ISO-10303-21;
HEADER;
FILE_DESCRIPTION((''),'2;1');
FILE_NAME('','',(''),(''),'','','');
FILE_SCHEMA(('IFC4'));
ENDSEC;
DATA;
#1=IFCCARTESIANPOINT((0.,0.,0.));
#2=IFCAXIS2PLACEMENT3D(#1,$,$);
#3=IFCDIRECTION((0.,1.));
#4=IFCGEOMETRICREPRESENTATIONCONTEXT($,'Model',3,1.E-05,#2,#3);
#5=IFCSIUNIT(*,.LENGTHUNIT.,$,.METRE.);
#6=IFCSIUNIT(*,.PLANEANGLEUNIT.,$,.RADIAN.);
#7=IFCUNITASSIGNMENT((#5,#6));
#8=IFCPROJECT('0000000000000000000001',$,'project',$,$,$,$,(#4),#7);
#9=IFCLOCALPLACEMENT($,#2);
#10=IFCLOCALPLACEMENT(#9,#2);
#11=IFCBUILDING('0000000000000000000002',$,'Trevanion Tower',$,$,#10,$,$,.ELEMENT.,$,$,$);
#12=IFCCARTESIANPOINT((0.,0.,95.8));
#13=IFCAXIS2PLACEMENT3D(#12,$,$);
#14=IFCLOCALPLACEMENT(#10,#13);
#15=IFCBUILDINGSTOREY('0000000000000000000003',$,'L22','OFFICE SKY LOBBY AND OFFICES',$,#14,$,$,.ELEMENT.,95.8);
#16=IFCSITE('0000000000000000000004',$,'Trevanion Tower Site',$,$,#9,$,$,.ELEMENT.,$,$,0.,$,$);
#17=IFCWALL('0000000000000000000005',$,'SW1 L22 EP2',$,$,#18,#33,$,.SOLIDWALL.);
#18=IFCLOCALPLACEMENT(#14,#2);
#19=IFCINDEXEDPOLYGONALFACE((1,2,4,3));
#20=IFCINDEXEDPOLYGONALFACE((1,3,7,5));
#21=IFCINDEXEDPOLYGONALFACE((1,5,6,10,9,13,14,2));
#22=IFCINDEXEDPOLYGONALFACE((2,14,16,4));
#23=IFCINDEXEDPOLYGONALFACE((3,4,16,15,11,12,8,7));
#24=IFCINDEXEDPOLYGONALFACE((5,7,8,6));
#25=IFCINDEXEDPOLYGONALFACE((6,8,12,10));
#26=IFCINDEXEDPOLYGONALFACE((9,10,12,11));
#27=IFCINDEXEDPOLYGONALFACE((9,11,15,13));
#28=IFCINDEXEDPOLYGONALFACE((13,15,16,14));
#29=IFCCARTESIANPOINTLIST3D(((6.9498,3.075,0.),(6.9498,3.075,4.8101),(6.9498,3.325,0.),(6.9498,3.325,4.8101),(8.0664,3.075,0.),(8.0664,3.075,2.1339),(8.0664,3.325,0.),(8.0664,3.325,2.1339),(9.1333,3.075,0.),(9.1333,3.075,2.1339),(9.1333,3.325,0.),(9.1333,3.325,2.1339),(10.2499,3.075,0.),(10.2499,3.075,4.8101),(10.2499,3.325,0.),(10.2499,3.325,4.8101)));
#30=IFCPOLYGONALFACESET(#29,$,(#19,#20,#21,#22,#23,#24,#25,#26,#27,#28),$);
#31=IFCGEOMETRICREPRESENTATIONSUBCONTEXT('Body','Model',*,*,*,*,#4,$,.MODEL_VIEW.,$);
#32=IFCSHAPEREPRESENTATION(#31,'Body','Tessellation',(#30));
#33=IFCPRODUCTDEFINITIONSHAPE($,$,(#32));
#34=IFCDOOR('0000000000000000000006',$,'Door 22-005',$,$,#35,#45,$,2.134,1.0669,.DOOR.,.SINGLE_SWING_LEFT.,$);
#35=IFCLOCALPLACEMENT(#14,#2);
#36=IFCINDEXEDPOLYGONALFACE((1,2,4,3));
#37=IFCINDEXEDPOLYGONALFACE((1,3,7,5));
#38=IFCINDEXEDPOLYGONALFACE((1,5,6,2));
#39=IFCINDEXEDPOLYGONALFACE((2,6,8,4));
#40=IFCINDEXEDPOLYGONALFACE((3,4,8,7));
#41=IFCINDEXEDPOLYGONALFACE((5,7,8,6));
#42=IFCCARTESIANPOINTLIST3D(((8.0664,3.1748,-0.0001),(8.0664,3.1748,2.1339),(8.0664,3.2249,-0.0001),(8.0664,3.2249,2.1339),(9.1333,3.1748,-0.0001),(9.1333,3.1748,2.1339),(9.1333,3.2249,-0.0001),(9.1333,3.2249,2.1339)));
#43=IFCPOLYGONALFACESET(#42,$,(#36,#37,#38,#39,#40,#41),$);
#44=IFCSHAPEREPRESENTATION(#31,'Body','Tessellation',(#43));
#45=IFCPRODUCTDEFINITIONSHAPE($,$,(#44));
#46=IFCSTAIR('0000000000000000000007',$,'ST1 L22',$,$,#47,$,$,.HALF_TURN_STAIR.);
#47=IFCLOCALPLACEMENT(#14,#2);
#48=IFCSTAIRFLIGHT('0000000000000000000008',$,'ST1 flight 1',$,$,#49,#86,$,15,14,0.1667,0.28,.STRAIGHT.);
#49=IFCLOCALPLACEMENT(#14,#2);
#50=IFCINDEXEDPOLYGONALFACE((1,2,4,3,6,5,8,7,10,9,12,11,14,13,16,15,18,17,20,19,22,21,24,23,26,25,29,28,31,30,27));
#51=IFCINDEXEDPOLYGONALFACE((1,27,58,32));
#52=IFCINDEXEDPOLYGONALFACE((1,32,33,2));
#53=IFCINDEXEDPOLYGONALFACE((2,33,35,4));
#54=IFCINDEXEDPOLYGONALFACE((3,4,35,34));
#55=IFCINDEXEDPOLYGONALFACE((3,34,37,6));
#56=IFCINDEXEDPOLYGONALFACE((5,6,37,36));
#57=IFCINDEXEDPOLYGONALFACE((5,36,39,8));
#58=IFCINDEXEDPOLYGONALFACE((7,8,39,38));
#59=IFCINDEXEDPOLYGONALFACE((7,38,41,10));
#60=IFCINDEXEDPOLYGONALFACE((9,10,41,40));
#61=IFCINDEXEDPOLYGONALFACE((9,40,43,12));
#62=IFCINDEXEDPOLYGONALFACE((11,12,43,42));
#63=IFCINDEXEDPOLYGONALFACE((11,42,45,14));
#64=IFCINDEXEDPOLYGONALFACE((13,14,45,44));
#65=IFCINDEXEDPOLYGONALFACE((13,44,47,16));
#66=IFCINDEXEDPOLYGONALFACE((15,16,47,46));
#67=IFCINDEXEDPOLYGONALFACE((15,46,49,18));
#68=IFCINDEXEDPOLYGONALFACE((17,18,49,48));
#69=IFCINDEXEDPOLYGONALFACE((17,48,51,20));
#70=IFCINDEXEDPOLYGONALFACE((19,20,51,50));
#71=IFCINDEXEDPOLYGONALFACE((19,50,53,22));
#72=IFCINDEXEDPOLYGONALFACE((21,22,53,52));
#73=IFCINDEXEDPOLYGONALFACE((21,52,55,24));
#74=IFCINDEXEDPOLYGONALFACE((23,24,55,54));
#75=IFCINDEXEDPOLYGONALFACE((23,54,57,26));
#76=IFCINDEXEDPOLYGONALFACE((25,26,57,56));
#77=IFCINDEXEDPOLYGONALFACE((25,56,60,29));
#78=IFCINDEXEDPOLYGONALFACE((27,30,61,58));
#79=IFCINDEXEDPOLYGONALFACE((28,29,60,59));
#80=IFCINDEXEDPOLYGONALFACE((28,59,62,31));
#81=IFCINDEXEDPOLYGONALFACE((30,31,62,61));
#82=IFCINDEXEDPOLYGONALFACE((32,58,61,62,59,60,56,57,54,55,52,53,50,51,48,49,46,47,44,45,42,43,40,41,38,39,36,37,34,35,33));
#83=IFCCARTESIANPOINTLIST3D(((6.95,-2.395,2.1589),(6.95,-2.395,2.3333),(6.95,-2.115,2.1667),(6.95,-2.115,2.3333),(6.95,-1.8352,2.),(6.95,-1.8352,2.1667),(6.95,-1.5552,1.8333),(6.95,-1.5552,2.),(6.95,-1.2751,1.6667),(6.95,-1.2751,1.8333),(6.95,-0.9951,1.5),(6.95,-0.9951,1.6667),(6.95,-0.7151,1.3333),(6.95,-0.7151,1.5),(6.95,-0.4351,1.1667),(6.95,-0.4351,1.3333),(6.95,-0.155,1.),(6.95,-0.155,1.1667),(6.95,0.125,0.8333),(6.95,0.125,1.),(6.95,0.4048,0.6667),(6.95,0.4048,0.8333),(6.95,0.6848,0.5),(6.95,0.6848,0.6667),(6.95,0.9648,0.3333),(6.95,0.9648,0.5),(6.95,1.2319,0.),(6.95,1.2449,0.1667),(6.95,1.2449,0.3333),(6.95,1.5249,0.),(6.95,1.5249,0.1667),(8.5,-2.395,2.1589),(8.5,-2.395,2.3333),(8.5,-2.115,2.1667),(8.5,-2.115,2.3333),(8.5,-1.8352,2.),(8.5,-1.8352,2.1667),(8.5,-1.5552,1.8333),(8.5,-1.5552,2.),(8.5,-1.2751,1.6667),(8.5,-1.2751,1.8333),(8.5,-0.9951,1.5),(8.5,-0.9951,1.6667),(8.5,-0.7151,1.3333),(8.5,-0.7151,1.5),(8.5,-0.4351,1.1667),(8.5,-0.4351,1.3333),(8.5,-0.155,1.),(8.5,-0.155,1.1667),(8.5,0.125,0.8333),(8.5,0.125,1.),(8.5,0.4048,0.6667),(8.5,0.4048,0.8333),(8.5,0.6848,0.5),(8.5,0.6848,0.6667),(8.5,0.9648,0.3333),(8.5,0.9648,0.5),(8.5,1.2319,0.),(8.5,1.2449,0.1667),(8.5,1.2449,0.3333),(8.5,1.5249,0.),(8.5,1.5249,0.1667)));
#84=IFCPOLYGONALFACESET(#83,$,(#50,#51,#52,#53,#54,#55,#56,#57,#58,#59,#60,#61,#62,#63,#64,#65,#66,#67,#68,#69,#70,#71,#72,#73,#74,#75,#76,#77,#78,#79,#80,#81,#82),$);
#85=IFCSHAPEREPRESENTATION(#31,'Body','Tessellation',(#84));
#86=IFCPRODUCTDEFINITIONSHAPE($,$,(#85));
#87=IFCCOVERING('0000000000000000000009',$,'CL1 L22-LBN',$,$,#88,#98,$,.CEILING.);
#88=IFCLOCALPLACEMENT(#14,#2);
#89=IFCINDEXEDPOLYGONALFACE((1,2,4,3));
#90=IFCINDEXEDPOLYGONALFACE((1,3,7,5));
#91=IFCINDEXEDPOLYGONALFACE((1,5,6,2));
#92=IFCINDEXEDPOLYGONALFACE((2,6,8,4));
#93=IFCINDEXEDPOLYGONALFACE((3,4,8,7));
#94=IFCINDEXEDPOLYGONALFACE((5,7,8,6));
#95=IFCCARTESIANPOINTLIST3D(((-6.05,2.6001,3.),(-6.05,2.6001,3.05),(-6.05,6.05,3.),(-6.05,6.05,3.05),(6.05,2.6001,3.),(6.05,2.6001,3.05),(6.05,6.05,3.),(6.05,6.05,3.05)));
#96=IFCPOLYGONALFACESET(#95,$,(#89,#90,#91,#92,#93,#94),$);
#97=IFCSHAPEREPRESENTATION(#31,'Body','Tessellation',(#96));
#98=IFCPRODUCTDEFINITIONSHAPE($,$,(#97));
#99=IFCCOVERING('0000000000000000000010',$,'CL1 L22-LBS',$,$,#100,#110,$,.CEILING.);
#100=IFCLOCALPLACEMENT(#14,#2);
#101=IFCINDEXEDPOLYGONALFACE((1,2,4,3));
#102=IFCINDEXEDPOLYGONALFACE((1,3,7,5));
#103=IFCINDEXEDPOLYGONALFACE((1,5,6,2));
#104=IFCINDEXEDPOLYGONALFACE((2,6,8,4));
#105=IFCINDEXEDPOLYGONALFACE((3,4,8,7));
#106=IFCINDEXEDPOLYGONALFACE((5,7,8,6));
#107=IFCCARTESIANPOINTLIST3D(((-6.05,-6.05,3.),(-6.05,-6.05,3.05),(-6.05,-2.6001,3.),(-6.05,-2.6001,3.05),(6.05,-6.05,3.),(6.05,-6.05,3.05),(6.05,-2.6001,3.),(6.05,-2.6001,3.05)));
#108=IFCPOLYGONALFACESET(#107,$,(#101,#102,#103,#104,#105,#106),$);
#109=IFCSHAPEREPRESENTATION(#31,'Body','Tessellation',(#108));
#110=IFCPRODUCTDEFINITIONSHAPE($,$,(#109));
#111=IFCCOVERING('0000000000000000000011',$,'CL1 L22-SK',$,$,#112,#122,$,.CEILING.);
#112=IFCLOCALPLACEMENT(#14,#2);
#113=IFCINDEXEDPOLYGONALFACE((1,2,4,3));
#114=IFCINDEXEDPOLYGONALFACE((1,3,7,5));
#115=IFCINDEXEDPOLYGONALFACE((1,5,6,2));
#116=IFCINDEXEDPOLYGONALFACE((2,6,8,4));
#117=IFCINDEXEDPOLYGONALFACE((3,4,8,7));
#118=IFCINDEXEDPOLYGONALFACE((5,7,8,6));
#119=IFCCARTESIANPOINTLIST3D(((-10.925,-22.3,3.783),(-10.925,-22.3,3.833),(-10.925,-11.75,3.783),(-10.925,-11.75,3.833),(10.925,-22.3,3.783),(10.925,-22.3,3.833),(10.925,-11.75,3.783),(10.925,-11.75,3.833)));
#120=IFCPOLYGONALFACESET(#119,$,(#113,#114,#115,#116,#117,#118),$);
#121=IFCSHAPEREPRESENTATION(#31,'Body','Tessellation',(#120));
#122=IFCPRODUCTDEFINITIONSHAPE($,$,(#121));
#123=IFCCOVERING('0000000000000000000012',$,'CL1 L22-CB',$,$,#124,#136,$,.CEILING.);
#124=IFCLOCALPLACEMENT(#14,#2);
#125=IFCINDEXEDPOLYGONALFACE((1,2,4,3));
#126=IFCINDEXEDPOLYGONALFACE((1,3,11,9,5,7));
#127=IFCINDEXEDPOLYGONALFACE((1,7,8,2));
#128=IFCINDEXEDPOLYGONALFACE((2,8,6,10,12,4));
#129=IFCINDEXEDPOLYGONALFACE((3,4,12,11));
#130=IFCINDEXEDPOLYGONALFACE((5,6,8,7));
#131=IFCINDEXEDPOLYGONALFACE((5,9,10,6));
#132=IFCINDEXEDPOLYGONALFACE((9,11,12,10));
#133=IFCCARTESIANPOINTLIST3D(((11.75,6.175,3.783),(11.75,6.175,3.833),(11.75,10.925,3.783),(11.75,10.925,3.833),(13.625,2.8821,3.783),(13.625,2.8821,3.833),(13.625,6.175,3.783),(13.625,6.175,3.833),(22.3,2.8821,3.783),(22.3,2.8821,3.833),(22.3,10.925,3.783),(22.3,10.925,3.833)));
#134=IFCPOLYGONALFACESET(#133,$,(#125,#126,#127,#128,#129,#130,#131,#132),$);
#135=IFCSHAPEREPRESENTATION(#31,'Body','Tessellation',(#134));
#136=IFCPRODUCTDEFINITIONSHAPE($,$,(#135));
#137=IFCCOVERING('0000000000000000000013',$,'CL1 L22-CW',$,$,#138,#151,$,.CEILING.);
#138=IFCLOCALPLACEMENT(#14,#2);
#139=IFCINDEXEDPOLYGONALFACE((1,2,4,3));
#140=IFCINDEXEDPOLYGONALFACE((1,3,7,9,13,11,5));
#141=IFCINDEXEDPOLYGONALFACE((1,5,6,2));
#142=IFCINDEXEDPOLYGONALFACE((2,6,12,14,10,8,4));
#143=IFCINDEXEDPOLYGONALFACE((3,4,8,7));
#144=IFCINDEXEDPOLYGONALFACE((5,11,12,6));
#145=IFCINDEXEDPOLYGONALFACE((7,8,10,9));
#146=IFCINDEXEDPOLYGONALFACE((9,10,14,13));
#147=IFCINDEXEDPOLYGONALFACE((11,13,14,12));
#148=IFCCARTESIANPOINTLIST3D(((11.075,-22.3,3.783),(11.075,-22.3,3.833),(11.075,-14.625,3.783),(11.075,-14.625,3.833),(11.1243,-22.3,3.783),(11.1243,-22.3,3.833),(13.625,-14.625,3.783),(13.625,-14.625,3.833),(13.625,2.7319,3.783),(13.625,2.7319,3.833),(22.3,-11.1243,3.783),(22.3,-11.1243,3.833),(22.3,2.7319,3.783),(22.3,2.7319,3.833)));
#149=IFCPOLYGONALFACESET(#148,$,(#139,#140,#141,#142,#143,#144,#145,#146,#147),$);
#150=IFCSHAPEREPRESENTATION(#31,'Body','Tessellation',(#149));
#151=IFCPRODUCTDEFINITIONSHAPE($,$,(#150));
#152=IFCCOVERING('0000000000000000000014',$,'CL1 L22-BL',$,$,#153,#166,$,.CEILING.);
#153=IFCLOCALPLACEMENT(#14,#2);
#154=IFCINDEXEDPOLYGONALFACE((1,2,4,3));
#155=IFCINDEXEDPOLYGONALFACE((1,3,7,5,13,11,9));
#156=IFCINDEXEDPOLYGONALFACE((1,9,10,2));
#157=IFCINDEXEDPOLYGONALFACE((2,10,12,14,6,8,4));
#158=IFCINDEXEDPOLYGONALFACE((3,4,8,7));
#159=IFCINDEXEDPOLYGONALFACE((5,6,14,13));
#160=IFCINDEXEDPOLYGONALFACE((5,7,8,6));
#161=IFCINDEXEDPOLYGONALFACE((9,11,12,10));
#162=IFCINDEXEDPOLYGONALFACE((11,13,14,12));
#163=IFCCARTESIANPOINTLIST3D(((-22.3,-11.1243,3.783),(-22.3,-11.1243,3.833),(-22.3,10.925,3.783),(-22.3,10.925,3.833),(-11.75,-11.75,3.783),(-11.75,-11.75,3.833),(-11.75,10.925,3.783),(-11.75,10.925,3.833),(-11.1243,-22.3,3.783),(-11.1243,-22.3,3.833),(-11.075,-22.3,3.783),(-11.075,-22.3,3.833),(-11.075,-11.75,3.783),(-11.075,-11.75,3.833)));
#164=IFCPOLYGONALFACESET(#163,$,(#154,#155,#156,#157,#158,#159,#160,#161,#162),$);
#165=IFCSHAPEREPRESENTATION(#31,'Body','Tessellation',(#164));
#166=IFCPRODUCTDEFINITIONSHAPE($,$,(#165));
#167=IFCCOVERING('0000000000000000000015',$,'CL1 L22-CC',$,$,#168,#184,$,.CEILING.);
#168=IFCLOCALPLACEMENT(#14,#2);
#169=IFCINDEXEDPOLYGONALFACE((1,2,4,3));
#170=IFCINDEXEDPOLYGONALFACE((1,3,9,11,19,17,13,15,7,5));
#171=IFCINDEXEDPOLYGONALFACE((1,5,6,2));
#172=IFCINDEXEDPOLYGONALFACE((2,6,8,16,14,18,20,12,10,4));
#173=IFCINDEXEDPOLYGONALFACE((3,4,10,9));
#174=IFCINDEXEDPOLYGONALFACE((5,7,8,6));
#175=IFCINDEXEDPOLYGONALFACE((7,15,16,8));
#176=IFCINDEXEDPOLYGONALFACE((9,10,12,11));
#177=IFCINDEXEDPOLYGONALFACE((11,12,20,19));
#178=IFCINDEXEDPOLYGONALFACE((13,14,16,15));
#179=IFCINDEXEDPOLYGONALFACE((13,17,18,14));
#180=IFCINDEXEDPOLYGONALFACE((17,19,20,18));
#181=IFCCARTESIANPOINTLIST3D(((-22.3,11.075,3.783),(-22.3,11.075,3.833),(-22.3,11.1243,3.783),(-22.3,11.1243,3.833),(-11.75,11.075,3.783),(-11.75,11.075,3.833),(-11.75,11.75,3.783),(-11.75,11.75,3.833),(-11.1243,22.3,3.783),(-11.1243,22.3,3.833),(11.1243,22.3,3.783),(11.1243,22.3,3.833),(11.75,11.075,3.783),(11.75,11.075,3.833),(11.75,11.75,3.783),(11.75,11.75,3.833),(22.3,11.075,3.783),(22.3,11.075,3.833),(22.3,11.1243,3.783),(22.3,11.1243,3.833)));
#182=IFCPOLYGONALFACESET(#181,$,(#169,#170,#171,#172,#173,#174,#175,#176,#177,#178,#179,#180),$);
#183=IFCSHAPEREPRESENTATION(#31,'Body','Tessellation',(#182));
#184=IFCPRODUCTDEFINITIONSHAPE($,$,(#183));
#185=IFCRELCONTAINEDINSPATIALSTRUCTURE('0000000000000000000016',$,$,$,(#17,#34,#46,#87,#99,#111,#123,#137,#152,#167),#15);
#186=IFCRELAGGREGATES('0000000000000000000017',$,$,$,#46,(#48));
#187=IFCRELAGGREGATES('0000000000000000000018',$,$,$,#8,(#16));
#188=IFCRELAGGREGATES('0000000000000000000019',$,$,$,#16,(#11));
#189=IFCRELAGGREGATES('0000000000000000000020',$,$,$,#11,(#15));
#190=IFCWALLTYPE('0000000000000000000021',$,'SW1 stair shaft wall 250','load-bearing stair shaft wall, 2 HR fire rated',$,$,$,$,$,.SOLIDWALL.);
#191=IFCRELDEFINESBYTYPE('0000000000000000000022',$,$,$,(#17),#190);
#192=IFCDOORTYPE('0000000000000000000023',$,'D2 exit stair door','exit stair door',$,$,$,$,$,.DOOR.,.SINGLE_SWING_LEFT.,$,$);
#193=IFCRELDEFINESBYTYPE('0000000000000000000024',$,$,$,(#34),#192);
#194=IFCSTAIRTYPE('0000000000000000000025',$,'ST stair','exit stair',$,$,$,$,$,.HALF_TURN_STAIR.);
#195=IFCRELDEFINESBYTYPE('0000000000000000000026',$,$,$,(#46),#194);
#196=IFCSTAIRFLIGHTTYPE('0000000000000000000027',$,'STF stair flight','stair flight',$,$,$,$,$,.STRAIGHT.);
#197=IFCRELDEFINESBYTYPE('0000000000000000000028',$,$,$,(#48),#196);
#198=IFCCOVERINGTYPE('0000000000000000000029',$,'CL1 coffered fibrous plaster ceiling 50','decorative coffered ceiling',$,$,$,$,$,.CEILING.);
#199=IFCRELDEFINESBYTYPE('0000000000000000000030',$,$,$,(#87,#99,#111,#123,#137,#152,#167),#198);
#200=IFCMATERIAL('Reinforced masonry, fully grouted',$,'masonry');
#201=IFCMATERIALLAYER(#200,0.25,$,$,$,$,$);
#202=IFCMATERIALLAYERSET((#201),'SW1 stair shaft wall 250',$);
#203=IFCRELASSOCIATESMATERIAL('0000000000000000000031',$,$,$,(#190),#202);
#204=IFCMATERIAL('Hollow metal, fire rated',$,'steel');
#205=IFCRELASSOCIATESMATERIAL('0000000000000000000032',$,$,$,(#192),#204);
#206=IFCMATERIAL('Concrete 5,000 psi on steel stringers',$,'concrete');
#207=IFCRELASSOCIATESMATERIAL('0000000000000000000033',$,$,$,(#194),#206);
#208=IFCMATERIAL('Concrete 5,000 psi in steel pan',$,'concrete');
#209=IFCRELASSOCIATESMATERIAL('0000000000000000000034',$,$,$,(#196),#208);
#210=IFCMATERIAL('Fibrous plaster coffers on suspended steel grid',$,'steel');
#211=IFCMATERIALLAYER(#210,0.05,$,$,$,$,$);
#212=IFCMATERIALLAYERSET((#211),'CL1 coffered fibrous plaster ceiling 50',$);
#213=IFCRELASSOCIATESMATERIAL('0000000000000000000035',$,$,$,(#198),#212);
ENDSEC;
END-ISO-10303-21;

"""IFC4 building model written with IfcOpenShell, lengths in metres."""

from ifc_helpers import new_model, si_unit, direction, frame, frame_2d, origin, place, context, subcontext, project, spatial, polyline, rectangle, outline, extrude, material, layer, layer_set, type_object, element, fill, aggregate, save


model = new_model("IFC4")

# Units and contexts
model_context = context("Model", 3, precision=1e-05, world=origin(), true_north=direction((0.0, 1.0)))
body_context = subcontext(model_context, "Body", "Model", "MODEL_VIEW")
ifc_project = project(units=[si_unit("LENGTHUNIT", "METRE"), si_unit("PLANEANGLEUNIT", "RADIAN")], contexts=[model_context])

# Site, building, storey
site_placement = place(None, origin())
site = spatial("IfcSite", under=ifc_project, at=site_placement, Name="Trevanion Tower Site", CompositionType="ELEMENT", RefElevation=0.0)
building_placement = place(site_placement, origin())
building = spatial("IfcBuilding", under=site, at=building_placement, Name="Trevanion Tower", CompositionType="ELEMENT")
storey_placement = place(building_placement, frame((0.0, 0.0, 95.8)))
storey = spatial("IfcBuildingStorey", under=building, at=storey_placement, Name="L22", Description="OFFICE SKY LOBBY AND OFFICES", CompositionType="ELEMENT", Elevation=95.8)

# Wall, opening, door
ifc_material_1 = material(Name="Reinforced masonry, fully grouted", Category="masonry")
ifc_layer_1 = layer(ifc_material_1, 0.25)
ifc_layer_set_1 = layer_set([ifc_layer_1], Name="SW1 stair shaft wall 250")
wall_type_1 = type_object("IfcWallType", Name="SW1 stair shaft wall 250", Description="load-bearing stair shaft wall, 2 HR fire rated", PredefinedType="SOLIDWALL", material=ifc_layer_set_1)
wall_1_placement = place(storey_placement, frame((6.95, 3.2, 0.0), z_axis=(0.0, 0.0, 1.0), x_axis=(1.0, 0.0, 0.0)))
wall_1 = element("IfcWall", 1, at=wall_1_placement, inside=storey, type_object=wall_type_1, Name="SW1 L22 EP2", PredefinedType="SOLIDWALL", context=body_context, shape_type="SweptSolid", body=[
    extrude(rectangle(XDim=3.3, YDim=0.25, at=frame_2d((1.6499, 0.0))), origin(), (0.0, 0.0, 1.0), 4.8101),
])
opening_1_placement = place(wall_1_placement, frame((1.1165, 0.0, 0.0)))
opening_1 = element("IfcOpeningElement", 2, at=opening_1_placement, cuts=wall_1, PredefinedType="OPENING", context=body_context, shape_type="SweptSolid", body=[
    extrude(rectangle(XDim=1.0669, YDim=2.134, at=frame_2d((0.5334, 1.0669))), frame((0.0, 0.135, 0.0), z_axis=(0.0, -1.0, 0.0), x_axis=(1.0, 0.0, 0.0)), (0.0, 0.0, 1.0), 0.27),
])
ifc_material_2 = material(Name="Hollow metal, fire rated", Category="steel")
door_type_1 = type_object("IfcDoorType", Name="D2 exit stair door", Description="exit stair door", OperationType="SINGLE_SWING_LEFT", PredefinedType="DOOR", material=ifc_material_2)
door_1_placement = place(opening_1_placement, origin())
door_1 = element("IfcDoor", 3, at=door_1_placement, inside=storey, type_object=door_type_1, Name="Door 22-005", OperationType="SINGLE_SWING_LEFT", OverallHeight=2.134, OverallWidth=1.0669, PredefinedType="DOOR", context=body_context, shape_type="SweptSolid", body=[
    extrude(rectangle(XDim=1.0669, YDim=2.134, at=frame_2d((0.5334, 1.0669))), frame((0.0, 0.0249, 0.0), z_axis=(0.0, -1.0, 0.0), x_axis=(1.0, 0.0, 0.0)), (0.0, 0.0, 1.0), 0.05),
])
fill(opening_1, door_1)

# Stair, stair flight
ifc_material_3 = material(Name="Concrete 5,000 psi on steel stringers", Category="concrete")
stair_type = type_object("IfcStairType", Name="ST stair", Description="exit stair", PredefinedType="HALF_TURN_STAIR", material=ifc_material_3)
stair_placement = place(storey_placement, origin())
stair = element("IfcStair", 4, at=stair_placement, inside=storey, type_object=stair_type, Name="ST1 L22", PredefinedType="HALF_TURN_STAIR")
ifc_material_4 = material(Name="Concrete 5,000 psi in steel pan", Category="concrete")
stair_flight_type = type_object("IfcStairFlightType", Name="STF stair flight", Description="stair flight", PredefinedType="STRAIGHT", material=ifc_material_4)
stair_flight_placement = place(storey_placement, frame((7.7251, 1.5249, 0.0), z_axis=(0.0, 0.0, 1.0), x_axis=(0.0, -1.0, 0.0)))
stair_flight = element("IfcStairFlight", 5, at=stair_flight_placement, type_object=stair_flight_type, Name="ST1 flight 1", NumberOfRisers=15, NumberOfTreads=14, PredefinedType="STRAIGHT", RiserHeight=0.1667, TreadLength=0.28, context=body_context, shape_type="SweptSolid", body=[
    extrude(outline(polyline([(0.0, 0.0), (0.0, 0.1667), (0.28, 0.1667), (0.28, 0.3333), (0.5601, 0.3333), (0.5601, 0.5), (0.8401, 0.5), (0.8401, 0.6667), (1.1201, 0.6667), (1.1201, 0.8333), (1.3999, 0.8333), (1.3999, 1.0), (1.6799, 1.0), (1.6799, 1.1667), (1.96, 1.1667), (1.96, 1.3333), (2.24, 1.3333), (2.24, 1.5), (2.52, 1.5), (2.52, 1.6667), (2.8, 1.6667), (2.8, 1.8333), (3.0801, 1.8333), (3.0801, 2.0), (3.3601, 2.0), (3.3601, 2.1667), (3.6399, 2.1667), (3.6399, 2.3333), (3.9199, 2.3333), (3.9199, 2.5), (3.9199, 2.1589), (0.293, 0.0), (0.0, 0.0)])), frame((0.0, 0.7749, 0.0), z_axis=(0.0, -1.0, 0.0), x_axis=(1.0, 0.0, 0.0)), (0.0, 0.0, 1.0), 1.55),
])
aggregate(stair, [stair_flight])

# Coverings
ifc_material_5 = material(Name="Fibrous plaster coffers on suspended steel grid", Category="steel")
ifc_layer_2 = layer(ifc_material_5, 0.05)
ifc_layer_set_2 = layer_set([ifc_layer_2], Name="CL1 coffered fibrous plaster ceiling 50")
covering_type_1 = type_object("IfcCoveringType", Name="CL1 coffered fibrous plaster ceiling 50", Description="decorative coffered ceiling", PredefinedType="CEILING", material=ifc_layer_set_2)
covering_1_placement = place(storey_placement, frame((0.0, 0.0, 3.0)))
element("IfcCovering", 6, at=covering_1_placement, inside=storey, type_object=covering_type_1, Name="CL1 L22-LBN", PredefinedType="CEILING", context=body_context, shape_type="SweptSolid", body=[
    extrude(outline(polyline([(6.05, 2.6001), (6.05, 6.05), (-6.05, 6.05), (-6.05, 2.6001), (6.05, 2.6001)])), origin(), (0.0, 0.0, 1.0), 0.05),
])
covering_2_placement = place(storey_placement, frame((0.0, 0.0, 3.0)))
element("IfcCovering", 7, at=covering_2_placement, inside=storey, type_object=covering_type_1, Name="CL1 L22-LBS", PredefinedType="CEILING", context=body_context, shape_type="SweptSolid", body=[
    extrude(outline(polyline([(6.05, -6.05), (6.05, -2.6001), (-6.05, -2.6001), (-6.05, -6.05), (6.05, -6.05)])), origin(), (0.0, 0.0, 1.0), 0.05),
])
covering_3_placement = place(storey_placement, frame((0.0, 0.0, 3.783)))
element("IfcCovering", 8, at=covering_3_placement, inside=storey, type_object=covering_type_1, Name="CL1 L22-SK", PredefinedType="CEILING", context=body_context, shape_type="SweptSolid", body=[
    extrude(outline(polyline([(-10.925, -22.3), (-10.925, -11.75), (10.925, -11.75), (10.925, -22.3), (-10.925, -22.3)])), origin(), (0.0, 0.0, 1.0), 0.05),
])
covering_4_placement = place(storey_placement, frame((0.0, 0.0, 3.783)))
element("IfcCovering", 9, at=covering_4_placement, inside=storey, type_object=covering_type_1, Name="CL1 L22-CB", PredefinedType="CEILING", context=body_context, shape_type="SweptSolid", body=[
    extrude(outline(polyline([(13.625, 6.175), (11.75, 6.175), (11.75, 10.925), (22.3, 10.925), (22.3, 2.8821), (13.625, 2.8821), (13.625, 6.175)])), origin(), (0.0, 0.0, 1.0), 0.05),
])
covering_5_placement = place(storey_placement, frame((0.0, 0.0, 3.783)))
element("IfcCovering", 10, at=covering_5_placement, inside=storey, type_object=covering_type_1, Name="CL1 L22-CW", PredefinedType="CEILING", context=body_context, shape_type="SweptSolid", body=[
    extrude(outline(polyline([(13.625, -14.625), (13.625, 2.7319), (22.3, 2.7319), (22.3, -11.1243), (11.1243, -22.3), (11.075, -22.3), (11.075, -14.625), (13.625, -14.625)])), origin(), (0.0, 0.0, 1.0), 0.05),
])
covering_6_placement = place(storey_placement, frame((0.0, 0.0, 3.783)))
element("IfcCovering", 11, at=covering_6_placement, inside=storey, type_object=covering_type_1, Name="CL1 L22-BL", PredefinedType="CEILING", context=body_context, shape_type="SweptSolid", body=[
    extrude(outline(polyline([(-11.1243, -22.3), (-22.3, -11.1243), (-22.3, 10.925), (-11.75, 10.925), (-11.75, -11.75), (-11.075, -11.75), (-11.075, -22.3), (-11.1243, -22.3)])), origin(), (0.0, 0.0, 1.0), 0.05),
])
covering_7_placement = place(storey_placement, frame((0.0, 0.0, 3.783)))
element("IfcCovering", 12, at=covering_7_placement, inside=storey, type_object=covering_type_1, Name="CL1 L22-CC", PredefinedType="CEILING", context=body_context, shape_type="SweptSolid", body=[
    extrude(outline(polyline([(-22.3, 11.1243), (-11.1243, 22.3), (11.1243, 22.3), (22.3, 11.1243), (22.3, 11.075), (11.75, 11.075), (11.75, 11.75), (-11.75, 11.75), (-11.75, 11.075), (-22.3, 11.075), (-22.3, 11.1243)])), origin(), (0.0, 0.0, 1.0), 0.05),
])

save(model, "model.ifc")
